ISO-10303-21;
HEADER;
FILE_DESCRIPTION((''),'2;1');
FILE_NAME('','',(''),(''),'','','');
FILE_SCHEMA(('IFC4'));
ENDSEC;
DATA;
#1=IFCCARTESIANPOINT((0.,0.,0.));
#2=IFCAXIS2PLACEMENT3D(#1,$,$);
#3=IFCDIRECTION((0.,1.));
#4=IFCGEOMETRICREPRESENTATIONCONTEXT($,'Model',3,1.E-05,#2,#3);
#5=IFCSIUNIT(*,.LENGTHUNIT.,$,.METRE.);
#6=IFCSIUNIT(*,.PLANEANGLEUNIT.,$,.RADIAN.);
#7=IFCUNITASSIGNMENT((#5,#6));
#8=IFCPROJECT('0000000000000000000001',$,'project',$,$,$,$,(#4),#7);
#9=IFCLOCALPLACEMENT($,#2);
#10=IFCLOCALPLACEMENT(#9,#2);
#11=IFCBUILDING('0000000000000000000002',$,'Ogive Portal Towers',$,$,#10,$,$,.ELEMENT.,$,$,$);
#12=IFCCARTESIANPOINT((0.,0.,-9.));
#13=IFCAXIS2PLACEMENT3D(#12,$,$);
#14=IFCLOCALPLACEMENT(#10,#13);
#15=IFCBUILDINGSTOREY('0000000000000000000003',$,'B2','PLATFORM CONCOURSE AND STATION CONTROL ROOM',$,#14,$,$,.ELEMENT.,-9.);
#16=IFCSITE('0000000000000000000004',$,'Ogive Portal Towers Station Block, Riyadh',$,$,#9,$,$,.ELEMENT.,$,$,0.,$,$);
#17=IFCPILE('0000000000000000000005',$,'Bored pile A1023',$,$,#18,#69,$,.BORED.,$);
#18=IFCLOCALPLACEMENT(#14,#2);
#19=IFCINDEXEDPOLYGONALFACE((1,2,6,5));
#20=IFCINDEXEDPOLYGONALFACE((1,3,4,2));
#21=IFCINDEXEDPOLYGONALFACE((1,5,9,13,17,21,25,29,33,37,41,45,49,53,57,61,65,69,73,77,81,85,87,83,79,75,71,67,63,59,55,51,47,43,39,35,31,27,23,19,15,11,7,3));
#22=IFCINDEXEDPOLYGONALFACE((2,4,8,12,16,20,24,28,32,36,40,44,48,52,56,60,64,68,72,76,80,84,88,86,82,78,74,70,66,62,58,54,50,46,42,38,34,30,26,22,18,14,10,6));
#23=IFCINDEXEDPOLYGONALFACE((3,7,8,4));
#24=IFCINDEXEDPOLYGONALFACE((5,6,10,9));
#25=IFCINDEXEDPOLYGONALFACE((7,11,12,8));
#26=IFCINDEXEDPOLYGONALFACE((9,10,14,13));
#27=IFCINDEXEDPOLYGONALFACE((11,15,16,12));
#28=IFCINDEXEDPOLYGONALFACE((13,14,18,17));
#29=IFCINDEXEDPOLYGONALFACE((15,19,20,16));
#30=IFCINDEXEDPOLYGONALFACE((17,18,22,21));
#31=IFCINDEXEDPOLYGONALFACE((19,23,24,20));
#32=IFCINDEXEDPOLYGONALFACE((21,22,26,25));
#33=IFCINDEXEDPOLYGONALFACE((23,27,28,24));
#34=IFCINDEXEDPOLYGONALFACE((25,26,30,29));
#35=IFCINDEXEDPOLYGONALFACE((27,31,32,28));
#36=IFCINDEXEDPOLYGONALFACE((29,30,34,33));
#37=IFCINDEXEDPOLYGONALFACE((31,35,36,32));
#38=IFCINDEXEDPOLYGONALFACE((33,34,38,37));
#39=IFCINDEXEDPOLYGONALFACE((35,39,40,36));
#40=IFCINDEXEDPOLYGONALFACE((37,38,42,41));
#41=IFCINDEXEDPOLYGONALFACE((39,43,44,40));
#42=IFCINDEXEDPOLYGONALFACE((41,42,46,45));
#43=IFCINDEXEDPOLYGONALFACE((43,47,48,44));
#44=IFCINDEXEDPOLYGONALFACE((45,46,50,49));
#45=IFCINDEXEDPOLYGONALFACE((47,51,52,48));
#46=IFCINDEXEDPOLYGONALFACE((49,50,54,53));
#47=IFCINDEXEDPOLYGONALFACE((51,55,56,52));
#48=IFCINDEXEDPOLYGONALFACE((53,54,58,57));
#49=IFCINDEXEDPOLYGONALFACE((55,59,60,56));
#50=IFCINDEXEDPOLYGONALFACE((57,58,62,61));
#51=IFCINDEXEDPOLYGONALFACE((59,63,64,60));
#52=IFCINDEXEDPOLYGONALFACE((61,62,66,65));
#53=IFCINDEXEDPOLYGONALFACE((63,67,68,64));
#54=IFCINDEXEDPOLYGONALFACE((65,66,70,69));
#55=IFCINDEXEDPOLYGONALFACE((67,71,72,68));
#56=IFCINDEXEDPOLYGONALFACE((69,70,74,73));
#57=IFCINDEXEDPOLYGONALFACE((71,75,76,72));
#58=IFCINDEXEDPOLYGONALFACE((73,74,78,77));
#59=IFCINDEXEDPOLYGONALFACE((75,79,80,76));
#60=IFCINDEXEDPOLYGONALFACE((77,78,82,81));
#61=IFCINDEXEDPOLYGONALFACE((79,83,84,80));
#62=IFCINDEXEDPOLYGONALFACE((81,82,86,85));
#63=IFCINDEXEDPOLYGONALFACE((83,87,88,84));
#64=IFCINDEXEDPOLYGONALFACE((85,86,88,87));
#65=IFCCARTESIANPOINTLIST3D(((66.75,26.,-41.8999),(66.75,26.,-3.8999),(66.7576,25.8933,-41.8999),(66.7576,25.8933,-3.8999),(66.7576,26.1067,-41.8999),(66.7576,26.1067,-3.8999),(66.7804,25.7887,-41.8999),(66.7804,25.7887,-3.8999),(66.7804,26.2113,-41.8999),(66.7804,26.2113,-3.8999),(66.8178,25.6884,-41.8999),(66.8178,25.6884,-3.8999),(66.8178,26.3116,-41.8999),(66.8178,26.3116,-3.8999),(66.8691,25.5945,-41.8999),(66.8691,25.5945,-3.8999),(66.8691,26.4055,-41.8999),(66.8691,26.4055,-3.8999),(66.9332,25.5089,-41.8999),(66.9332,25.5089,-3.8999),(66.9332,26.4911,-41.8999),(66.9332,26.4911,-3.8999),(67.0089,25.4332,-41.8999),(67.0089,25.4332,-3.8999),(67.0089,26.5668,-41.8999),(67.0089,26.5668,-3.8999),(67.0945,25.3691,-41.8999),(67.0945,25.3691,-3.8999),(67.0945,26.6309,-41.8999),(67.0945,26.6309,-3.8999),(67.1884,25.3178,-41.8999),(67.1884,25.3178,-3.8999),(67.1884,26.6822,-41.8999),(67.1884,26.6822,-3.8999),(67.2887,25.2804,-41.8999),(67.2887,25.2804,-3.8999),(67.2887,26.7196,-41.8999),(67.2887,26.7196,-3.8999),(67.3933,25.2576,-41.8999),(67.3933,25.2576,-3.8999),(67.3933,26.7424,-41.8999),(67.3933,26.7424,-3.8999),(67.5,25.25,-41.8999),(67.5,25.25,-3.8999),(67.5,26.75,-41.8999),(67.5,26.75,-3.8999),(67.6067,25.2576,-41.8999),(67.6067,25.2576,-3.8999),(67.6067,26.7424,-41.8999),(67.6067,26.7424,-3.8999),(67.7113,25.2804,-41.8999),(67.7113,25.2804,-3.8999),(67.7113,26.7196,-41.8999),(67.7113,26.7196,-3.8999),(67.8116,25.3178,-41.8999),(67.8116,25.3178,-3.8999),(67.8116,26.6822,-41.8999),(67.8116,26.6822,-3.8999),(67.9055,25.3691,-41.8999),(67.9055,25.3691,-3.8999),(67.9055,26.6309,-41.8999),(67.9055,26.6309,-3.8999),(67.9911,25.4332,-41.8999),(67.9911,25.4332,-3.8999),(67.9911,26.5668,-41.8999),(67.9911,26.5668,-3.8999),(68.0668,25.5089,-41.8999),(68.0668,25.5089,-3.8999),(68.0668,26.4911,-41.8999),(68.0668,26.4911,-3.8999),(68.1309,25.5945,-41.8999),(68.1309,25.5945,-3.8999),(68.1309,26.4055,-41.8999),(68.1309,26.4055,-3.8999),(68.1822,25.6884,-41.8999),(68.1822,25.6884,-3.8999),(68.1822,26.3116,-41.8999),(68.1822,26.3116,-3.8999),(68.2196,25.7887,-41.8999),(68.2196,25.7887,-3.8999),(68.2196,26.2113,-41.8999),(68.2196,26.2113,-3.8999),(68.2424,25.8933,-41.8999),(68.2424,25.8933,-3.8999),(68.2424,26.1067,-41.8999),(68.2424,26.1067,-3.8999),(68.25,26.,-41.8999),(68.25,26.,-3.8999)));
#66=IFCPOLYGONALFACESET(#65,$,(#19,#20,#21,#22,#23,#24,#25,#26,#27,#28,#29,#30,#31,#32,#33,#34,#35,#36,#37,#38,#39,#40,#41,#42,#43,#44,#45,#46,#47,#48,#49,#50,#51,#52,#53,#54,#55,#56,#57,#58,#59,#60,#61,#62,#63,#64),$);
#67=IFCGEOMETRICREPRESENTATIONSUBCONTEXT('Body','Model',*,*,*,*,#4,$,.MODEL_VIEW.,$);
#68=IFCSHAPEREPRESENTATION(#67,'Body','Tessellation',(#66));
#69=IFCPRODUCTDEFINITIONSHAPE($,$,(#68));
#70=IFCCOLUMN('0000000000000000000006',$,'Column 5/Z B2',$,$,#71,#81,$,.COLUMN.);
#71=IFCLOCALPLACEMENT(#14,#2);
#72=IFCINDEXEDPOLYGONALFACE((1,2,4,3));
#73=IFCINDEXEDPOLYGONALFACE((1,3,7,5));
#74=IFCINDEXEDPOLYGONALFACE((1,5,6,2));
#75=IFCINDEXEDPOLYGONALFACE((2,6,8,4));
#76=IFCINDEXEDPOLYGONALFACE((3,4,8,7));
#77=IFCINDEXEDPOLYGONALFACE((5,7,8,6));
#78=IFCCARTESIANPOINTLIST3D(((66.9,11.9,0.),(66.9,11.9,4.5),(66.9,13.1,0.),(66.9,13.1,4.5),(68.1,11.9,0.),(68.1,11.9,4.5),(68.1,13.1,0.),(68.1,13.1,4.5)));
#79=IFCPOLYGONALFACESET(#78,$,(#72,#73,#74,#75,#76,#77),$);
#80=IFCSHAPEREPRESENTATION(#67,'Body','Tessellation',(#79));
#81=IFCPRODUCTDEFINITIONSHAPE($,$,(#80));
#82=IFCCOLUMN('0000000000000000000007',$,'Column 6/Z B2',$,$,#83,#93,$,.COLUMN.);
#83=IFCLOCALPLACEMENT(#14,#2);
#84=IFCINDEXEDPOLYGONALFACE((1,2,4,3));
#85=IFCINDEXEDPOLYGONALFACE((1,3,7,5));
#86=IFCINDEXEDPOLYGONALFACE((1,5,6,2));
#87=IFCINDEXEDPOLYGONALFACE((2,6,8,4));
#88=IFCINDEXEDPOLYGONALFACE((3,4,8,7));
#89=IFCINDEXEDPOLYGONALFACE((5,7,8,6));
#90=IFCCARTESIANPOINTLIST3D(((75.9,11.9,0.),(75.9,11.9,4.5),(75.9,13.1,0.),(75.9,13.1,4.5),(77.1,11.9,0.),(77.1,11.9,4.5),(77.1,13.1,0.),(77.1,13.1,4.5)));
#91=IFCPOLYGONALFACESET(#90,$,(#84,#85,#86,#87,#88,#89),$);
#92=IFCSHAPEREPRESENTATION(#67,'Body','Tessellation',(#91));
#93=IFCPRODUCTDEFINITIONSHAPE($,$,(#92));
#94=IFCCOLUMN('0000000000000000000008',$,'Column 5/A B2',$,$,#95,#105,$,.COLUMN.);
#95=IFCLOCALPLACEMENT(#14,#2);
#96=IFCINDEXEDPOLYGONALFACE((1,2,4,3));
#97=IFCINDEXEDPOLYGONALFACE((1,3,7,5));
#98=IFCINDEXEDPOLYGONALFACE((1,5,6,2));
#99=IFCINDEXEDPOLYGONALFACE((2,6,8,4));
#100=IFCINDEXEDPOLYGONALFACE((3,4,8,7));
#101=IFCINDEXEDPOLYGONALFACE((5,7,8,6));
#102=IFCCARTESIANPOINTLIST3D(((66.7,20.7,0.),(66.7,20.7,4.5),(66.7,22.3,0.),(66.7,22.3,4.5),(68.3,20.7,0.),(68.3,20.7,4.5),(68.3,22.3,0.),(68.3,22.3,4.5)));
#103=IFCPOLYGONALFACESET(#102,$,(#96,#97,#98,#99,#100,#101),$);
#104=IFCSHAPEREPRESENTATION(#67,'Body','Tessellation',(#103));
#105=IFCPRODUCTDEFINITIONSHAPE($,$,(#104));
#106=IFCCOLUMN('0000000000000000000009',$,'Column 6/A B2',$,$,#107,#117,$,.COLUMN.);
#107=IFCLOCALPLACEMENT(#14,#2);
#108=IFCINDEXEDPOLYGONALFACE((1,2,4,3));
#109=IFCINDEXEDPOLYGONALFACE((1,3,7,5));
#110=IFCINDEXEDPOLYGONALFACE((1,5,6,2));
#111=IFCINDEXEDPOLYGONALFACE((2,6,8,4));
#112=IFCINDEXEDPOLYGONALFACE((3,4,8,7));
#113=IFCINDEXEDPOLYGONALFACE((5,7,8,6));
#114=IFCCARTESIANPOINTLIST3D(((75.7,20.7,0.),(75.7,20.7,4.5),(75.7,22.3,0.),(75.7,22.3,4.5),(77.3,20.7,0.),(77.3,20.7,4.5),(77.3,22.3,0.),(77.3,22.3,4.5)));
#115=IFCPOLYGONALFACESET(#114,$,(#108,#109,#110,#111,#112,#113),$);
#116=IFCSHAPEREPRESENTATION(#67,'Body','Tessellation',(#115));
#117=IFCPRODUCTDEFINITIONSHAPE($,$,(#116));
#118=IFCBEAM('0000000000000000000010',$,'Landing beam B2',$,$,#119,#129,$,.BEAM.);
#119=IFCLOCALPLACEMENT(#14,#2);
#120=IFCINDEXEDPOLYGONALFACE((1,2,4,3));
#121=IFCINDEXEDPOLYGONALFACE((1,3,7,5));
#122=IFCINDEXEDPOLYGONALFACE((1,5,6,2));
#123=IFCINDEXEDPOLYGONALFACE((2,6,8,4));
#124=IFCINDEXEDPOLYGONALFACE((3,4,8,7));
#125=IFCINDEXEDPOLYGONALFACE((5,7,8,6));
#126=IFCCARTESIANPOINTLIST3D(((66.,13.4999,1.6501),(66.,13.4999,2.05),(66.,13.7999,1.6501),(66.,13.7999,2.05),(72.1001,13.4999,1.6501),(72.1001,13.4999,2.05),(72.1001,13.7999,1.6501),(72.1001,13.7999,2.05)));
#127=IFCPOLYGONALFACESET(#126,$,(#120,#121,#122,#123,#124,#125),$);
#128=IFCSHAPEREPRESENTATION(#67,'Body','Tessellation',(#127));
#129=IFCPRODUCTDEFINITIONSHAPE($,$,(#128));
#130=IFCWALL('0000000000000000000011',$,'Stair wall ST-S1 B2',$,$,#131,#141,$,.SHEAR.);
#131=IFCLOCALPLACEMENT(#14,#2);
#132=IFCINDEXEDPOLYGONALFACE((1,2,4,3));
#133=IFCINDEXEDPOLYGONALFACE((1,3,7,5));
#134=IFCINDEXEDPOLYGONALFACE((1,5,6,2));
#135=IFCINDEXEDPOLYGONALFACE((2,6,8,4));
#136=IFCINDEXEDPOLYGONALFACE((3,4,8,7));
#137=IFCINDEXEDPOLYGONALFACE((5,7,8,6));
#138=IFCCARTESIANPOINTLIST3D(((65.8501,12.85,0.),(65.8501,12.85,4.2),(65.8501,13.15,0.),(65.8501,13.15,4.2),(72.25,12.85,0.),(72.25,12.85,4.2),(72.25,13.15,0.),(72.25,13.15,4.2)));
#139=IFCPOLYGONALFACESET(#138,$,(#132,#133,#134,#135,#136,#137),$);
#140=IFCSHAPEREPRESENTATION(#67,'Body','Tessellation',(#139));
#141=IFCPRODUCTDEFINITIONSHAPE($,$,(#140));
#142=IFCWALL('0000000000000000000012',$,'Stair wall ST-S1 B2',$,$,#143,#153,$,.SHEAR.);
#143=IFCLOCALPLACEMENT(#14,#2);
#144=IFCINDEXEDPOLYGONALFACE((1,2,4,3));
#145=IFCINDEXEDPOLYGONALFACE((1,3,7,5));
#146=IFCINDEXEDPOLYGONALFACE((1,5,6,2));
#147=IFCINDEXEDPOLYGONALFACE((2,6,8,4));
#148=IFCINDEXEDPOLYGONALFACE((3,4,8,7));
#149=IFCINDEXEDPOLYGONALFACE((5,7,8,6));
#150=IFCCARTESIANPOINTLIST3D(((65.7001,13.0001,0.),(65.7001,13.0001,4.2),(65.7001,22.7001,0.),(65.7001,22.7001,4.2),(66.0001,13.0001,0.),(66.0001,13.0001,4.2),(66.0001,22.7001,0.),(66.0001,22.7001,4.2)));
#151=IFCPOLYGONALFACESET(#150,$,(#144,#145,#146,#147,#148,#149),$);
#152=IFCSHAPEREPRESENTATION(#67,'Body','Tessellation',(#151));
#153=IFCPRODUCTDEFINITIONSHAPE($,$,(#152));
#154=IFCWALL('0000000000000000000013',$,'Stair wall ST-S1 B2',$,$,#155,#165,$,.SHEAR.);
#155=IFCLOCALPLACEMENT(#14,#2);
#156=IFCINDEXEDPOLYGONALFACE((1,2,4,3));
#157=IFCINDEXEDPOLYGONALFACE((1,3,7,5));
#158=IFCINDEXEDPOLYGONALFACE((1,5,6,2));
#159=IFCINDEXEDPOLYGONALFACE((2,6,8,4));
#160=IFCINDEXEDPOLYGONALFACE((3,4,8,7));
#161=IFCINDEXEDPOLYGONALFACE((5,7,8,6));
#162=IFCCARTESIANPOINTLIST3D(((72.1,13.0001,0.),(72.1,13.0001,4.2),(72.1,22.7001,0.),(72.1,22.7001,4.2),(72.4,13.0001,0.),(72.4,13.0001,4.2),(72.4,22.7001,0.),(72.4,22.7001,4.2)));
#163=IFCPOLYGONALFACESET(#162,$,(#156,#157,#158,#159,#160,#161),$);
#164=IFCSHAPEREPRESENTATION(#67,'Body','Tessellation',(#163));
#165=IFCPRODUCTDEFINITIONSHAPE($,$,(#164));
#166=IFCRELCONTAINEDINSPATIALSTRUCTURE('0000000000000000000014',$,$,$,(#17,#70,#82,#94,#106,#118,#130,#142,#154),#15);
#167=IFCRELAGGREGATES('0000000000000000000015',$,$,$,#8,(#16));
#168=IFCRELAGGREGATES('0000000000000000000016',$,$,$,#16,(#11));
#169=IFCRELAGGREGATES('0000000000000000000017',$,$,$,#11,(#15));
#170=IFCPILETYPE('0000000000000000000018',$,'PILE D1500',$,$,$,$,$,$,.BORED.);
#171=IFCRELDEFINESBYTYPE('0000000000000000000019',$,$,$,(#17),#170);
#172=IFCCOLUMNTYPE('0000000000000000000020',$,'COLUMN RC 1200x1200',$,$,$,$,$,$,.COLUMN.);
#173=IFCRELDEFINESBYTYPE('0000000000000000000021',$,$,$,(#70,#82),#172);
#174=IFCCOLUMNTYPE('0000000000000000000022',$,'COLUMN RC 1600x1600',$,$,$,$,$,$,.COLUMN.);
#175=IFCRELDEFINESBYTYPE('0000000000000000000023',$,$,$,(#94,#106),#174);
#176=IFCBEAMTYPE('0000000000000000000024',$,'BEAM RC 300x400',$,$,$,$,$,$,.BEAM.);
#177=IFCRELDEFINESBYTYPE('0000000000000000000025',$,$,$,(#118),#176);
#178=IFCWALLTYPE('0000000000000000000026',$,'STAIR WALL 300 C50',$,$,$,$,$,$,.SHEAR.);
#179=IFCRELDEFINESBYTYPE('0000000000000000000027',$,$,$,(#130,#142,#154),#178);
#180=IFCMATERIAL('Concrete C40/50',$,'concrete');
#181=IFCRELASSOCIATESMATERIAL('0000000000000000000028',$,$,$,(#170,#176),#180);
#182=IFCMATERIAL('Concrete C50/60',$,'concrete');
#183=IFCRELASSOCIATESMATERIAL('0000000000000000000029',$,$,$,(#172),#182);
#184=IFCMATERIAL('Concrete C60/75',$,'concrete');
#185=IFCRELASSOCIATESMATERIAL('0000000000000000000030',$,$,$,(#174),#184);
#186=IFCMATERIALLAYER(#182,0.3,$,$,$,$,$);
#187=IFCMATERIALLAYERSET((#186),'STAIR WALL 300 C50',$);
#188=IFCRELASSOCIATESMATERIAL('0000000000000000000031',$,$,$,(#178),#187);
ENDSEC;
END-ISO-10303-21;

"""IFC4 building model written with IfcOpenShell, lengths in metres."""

from ifc_helpers import new_model, si_unit, direction, frame, frame_2d, origin, origin_2d, place, context, subcontext, project, spatial, rectangle, circle, extrude, material, layer, layer_set, material_profile, profile_set, type_object, element, save


model = new_model("IFC4")

# Units and contexts
model_context = context("Model", 3, precision=1e-05, world=origin(), true_north=direction((0.0, 1.0)))
body_context = subcontext(model_context, "Body", "Model", "MODEL_VIEW")
ifc_project = project(units=[si_unit("LENGTHUNIT", "METRE"), si_unit("PLANEANGLEUNIT", "RADIAN")], contexts=[model_context])

# Site, building, storey
site_placement = place(None, origin())
site = spatial("IfcSite", under=ifc_project, at=site_placement, Name="Ogive Portal Towers Station Block, Riyadh", CompositionType="ELEMENT", RefElevation=0.0)
building_placement = place(site_placement, origin())
building = spatial("IfcBuilding", under=site, at=building_placement, Name="Ogive Portal Towers", CompositionType="ELEMENT")
storey_placement = place(building_placement, frame((0.0, 0.0, -9.0)))
storey = spatial("IfcBuildingStorey", under=building, at=storey_placement, Name="B2", Description="PLATFORM CONCOURSE AND STATION CONTROL ROOM", CompositionType="ELEMENT", Elevation=-9.0)

# Pile
ifc_material_1 = material(Name="Concrete C40/50", Category="concrete")
ifc_material_profile_1 = material_profile(ifc_material_1, circle(Radius=0.75, at=origin_2d()), Name="PILE D1500")
ifc_profile_set_1 = profile_set([ifc_material_profile_1], Name="Concrete C40/50")
pile_type = type_object("IfcPileType", Name="PILE D1500", PredefinedType="BORED", material=ifc_profile_set_1)
for number, where, z_axis, x_axis, name in (
    (1, (67.5, 26.0, -3.8999), (0.0, 0.0, -1.0), (1.0, 0.0, 0.0), "Bored pile A1023"),
):
    element("IfcPile", number, at=place(storey_placement, frame(where, z_axis=z_axis, x_axis=x_axis)), inside=storey, type_object=pile_type, Name=name, PredefinedType="BORED", context=body_context, shape_type="SweptSolid", body=[
        extrude(circle(Radius=0.75, at=origin_2d()), origin(), (0.0, 0.0, 1.0), 38.0),
    ])

# Columns
ifc_material_2 = material(Name="Concrete C50/60", Category="concrete")
ifc_material_profile_2 = material_profile(ifc_material_2, rectangle(XDim=1.2, YDim=1.2, at=origin_2d()), Name="RC 1200x1200")
ifc_profile_set_2 = profile_set([ifc_material_profile_2], Name="Concrete C50/60")
column_type_1 = type_object("IfcColumnType", Name="COLUMN RC 1200x1200", PredefinedType="COLUMN", material=ifc_profile_set_2)
for number, where, z_axis, x_axis, name in (
    (2, (67.5, 12.5, 0.0), (0.0, 0.0, 1.0), (1.0, 0.0, 0.0), "Column 5/Z B2"),
    (3, (76.5, 12.5, 0.0), (0.0, 0.0, 1.0), (1.0, 0.0, 0.0), "Column 6/Z B2"),
):
    element("IfcColumn", number, at=place(storey_placement, frame(where, z_axis=z_axis, x_axis=x_axis)), inside=storey, type_object=column_type_1, Name=name, PredefinedType="COLUMN", context=body_context, shape_type="SweptSolid", body=[
        extrude(rectangle(XDim=1.2, YDim=1.2, at=origin_2d()), origin(), (0.0, 0.0, 1.0), 4.5),
    ])
ifc_material_3 = material(Name="Concrete C60/75", Category="concrete")
ifc_material_profile_3 = material_profile(ifc_material_3, rectangle(XDim=1.6001, YDim=1.6001, at=origin_2d()), Name="RC 1600x1600")
ifc_profile_set_3 = profile_set([ifc_material_profile_3], Name="Concrete C60/75")
column_type_2 = type_object("IfcColumnType", Name="COLUMN RC 1600x1600", PredefinedType="COLUMN", material=ifc_profile_set_3)
for number, where, z_axis, x_axis, name in (
    (4, (67.5, 21.5, 0.0), (0.0, 0.0, 1.0), (1.0, 0.0, 0.0), "Column 5/A B2"),
    (5, (76.5, 21.5, 0.0), (0.0, 0.0, 1.0), (1.0, 0.0, 0.0), "Column 6/A B2"),
):
    element("IfcColumn", number, at=place(storey_placement, frame(where, z_axis=z_axis, x_axis=x_axis)), inside=storey, type_object=column_type_2, Name=name, PredefinedType="COLUMN", context=body_context, shape_type="SweptSolid", body=[
        extrude(rectangle(XDim=1.6001, YDim=1.6001, at=origin_2d()), origin(), (0.0, 0.0, 1.0), 4.5),
    ])

# Beam
ifc_material_profile_4 = material_profile(ifc_material_1, rectangle(XDim=0.3, YDim=0.3999, at=origin_2d()), Name="RC 300x400")
ifc_profile_set_4 = profile_set([ifc_material_profile_4], Name="Concrete C40/50")
beam_type = type_object("IfcBeamType", Name="BEAM RC 300x400", PredefinedType="BEAM", material=ifc_profile_set_4)
beam_placement = place(storey_placement, frame((66.0, 13.6499, 1.8501), z_axis=(1.0, 0.0, 0.0), x_axis=(0.0, 1.0, 0.0)))
element("IfcBeam", 6, at=beam_placement, inside=storey, type_object=beam_type, Name="Landing beam B2", PredefinedType="BEAM", context=body_context, shape_type="SweptSolid", body=[
    extrude(rectangle(XDim=0.3, YDim=0.3999, at=origin_2d()), origin(), (0.0, 0.0, 1.0), 6.1001),
])

# Walls
ifc_layer_1 = layer(ifc_material_2, 0.3)
ifc_layer_set_1 = layer_set([ifc_layer_1], Name="STAIR WALL 300 C50")
wall_type_1 = type_object("IfcWallType", Name="STAIR WALL 300 C50", PredefinedType="SHEAR", material=ifc_layer_set_1)
wall_1_placement = place(storey_placement, frame((65.8501, 13.0, 0.0), z_axis=(0.0, 0.0, 1.0), x_axis=(1.0, 0.0, 0.0)))
element("IfcWall", 7, at=wall_1_placement, inside=storey, type_object=wall_type_1, Name="Stair wall ST-S1 B2", PredefinedType="SHEAR", context=body_context, shape_type="SweptSolid", body=[
    extrude(rectangle(XDim=6.3999, YDim=0.3, at=frame_2d((3.2, 0.0))), origin(), (0.0, 0.0, 1.0), 4.2),
])
for number, where, z_axis, x_axis, name in (
    (8, (65.8501, 13.0, 0.0), (0.0, 0.0, 1.0), (0.0, 1.0, 0.0), "Stair wall ST-S1 B2"),
    (9, (72.25, 13.0, 0.0), (0.0, 0.0, 1.0), (0.0, 1.0, 0.0), "Stair wall ST-S1 B2"),
):
    element("IfcWall", number, at=place(storey_placement, frame(where, z_axis=z_axis, x_axis=x_axis)), inside=storey, type_object=wall_type_1, Name=name, PredefinedType="SHEAR", context=body_context, shape_type="SweptSolid", body=[
        extrude(rectangle(XDim=9.7, YDim=0.3, at=frame_2d((4.8501, 0.0))), origin(), (0.0, 0.0, 1.0), 4.2),
    ])

save(model, "model.ifc")
